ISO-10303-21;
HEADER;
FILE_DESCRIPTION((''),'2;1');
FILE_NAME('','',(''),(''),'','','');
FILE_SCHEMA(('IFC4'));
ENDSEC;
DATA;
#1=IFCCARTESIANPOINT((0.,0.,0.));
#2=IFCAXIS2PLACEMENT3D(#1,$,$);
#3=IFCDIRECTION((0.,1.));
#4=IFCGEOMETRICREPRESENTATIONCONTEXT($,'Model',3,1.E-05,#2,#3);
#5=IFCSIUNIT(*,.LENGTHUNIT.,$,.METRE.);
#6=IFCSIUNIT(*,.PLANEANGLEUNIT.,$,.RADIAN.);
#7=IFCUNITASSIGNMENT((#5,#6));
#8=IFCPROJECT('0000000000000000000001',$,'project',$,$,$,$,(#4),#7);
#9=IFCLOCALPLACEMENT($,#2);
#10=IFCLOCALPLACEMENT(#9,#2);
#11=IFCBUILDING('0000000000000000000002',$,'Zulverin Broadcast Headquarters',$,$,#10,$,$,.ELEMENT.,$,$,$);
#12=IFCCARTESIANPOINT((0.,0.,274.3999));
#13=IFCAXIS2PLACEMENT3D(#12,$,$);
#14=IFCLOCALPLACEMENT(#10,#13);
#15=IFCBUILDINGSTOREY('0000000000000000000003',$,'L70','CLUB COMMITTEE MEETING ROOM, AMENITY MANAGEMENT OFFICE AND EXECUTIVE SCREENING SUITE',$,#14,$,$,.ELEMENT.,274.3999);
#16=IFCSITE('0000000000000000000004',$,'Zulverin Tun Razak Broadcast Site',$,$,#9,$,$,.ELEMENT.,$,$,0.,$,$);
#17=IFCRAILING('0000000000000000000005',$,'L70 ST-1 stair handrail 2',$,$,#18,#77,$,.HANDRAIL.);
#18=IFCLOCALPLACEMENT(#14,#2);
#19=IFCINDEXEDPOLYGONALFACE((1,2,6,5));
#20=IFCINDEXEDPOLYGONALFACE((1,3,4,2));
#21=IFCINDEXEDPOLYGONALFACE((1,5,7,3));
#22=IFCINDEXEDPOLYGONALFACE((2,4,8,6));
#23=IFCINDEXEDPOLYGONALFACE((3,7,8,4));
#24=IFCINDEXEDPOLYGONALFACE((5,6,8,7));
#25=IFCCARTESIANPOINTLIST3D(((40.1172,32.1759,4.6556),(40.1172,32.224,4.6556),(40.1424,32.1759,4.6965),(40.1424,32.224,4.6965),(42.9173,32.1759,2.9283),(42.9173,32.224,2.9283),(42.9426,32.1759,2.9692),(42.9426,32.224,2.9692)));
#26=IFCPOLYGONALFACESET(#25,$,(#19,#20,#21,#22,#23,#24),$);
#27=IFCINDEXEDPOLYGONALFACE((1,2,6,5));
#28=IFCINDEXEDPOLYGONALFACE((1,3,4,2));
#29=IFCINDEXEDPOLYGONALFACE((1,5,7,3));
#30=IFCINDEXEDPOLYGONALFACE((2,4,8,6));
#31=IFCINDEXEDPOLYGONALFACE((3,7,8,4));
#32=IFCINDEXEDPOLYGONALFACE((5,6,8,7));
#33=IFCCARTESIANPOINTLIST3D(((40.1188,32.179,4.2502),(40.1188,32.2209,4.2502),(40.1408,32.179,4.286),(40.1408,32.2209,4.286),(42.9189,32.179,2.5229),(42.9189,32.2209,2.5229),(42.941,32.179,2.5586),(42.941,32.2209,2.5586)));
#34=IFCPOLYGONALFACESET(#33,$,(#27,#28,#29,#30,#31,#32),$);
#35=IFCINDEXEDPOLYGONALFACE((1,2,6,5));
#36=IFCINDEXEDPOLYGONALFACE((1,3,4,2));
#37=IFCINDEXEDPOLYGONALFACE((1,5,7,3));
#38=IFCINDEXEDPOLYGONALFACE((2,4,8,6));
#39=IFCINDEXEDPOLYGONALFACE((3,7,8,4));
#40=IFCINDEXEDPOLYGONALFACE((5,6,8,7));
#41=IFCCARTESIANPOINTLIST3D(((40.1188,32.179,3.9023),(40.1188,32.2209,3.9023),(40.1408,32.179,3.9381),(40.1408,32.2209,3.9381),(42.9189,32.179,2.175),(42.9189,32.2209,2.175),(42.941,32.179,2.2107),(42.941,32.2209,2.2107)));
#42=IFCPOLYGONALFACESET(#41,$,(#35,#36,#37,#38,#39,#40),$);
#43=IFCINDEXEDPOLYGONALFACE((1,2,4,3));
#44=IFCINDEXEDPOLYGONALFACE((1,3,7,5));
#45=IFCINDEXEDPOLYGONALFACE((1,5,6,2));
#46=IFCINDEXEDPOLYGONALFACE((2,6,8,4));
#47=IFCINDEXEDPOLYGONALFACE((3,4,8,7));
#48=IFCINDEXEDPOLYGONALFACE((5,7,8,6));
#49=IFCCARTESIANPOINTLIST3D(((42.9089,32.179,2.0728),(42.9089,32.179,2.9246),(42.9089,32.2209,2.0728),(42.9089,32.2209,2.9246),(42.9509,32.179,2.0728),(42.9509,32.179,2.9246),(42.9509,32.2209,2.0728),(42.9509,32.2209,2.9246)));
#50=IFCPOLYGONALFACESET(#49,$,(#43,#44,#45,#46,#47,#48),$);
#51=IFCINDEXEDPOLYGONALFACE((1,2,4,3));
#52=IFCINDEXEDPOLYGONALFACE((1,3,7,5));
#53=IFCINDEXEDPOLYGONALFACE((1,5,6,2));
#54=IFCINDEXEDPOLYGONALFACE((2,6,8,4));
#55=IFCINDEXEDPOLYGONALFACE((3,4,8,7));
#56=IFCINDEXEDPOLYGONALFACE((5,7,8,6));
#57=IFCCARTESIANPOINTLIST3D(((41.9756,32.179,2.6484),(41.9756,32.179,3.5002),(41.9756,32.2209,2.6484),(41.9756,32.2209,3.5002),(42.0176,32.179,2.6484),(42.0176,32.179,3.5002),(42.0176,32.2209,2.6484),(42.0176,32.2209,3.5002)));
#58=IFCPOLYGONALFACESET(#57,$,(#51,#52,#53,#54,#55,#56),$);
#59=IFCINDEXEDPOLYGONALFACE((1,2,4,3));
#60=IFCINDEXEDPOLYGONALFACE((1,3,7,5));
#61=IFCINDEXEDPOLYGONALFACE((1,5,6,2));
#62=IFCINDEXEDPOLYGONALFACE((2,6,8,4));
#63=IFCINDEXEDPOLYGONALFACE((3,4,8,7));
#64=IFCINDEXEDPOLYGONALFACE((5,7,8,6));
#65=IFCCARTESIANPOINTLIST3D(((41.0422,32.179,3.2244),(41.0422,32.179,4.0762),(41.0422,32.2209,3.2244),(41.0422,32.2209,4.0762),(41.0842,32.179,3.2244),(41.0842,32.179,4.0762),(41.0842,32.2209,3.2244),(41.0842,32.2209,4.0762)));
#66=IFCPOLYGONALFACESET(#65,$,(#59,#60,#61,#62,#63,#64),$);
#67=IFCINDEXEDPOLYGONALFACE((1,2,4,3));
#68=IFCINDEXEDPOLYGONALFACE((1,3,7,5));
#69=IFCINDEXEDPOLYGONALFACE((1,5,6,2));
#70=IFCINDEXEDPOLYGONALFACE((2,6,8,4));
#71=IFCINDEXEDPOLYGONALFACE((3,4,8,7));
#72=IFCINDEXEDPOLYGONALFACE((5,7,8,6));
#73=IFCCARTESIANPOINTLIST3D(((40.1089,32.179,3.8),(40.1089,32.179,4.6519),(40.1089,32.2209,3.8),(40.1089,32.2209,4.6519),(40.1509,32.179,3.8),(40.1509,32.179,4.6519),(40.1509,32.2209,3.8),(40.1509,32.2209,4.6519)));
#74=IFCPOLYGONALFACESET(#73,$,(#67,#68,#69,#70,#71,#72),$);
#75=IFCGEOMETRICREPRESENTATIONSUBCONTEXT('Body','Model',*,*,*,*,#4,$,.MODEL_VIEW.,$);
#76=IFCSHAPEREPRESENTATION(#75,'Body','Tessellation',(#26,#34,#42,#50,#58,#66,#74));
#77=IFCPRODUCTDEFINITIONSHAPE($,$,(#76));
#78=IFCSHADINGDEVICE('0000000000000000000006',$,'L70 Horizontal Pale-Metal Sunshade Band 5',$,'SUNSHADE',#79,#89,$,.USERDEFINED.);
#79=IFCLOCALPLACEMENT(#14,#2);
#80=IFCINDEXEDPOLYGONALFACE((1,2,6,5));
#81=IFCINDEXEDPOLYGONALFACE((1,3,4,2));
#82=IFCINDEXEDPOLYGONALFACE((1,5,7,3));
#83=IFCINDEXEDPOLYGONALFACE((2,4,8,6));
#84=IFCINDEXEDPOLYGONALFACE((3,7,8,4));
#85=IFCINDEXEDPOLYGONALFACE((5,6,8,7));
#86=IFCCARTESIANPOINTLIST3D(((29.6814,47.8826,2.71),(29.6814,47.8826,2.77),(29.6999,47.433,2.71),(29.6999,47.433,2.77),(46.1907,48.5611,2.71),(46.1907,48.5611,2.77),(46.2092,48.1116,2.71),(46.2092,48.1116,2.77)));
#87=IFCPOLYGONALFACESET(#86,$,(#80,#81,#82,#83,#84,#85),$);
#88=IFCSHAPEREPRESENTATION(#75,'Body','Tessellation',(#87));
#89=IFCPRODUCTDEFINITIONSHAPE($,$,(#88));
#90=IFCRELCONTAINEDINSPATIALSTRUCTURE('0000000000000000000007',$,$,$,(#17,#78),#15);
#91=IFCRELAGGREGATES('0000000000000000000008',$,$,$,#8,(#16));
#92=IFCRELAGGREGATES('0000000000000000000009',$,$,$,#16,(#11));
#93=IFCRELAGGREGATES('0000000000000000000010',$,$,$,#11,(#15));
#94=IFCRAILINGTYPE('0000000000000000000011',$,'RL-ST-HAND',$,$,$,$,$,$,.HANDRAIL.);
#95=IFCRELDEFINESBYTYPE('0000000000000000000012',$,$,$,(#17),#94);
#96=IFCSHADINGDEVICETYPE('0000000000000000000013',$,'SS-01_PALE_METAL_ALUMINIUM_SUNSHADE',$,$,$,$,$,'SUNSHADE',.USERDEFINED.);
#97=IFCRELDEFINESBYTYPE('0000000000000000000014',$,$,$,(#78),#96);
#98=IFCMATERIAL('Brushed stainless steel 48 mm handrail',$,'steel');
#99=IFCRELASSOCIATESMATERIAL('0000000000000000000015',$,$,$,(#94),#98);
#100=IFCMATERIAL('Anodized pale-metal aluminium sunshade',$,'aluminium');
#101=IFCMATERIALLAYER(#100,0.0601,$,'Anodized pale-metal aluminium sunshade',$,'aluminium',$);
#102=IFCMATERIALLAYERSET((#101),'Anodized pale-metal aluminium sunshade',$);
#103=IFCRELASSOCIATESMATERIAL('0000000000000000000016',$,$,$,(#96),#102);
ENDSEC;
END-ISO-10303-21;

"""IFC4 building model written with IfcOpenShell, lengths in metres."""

from ifc_helpers import new_model, si_unit, direction, frame, origin, origin_2d, place, context, subcontext, project, spatial, rectangle, extrude, material, layer, layer_set, type_object, element, save


model = new_model("IFC4")

# Units and contexts
model_context = context("Model", 3, precision=1e-05, world=origin(), true_north=direction((0.0, 1.0)))
body_context = subcontext(model_context, "Body", "Model", "MODEL_VIEW")
ifc_project = project(units=[si_unit("LENGTHUNIT", "METRE"), si_unit("PLANEANGLEUNIT", "RADIAN")], contexts=[model_context])

# Site, building, storey
site_placement = place(None, origin())
site = spatial("IfcSite", under=ifc_project, at=site_placement, Name="Zulverin Tun Razak Broadcast Site", CompositionType="ELEMENT", RefElevation=0.0)
building_placement = place(site_placement, origin())
building = spatial("IfcBuilding", under=site, at=building_placement, Name="Zulverin Broadcast Headquarters", CompositionType="ELEMENT")
storey_placement = place(building_placement, frame((0.0, 0.0, 274.3999)))
storey = spatial("IfcBuildingStorey", under=building, at=storey_placement, Name="L70", Description="CLUB COMMITTEE MEETING ROOM, AMENITY MANAGEMENT OFFICE AND EXECUTIVE SCREENING SUITE", CompositionType="ELEMENT", Elevation=274.3999)

# Railing
ifc_material_1 = material(Name="Brushed stainless steel 48 mm handrail", Category="steel")
railing_type_1 = type_object("IfcRailingType", Name="RL-ST-HAND", PredefinedType="HANDRAIL", material=ifc_material_1)
railing_1_placement = place(storey_placement, frame((42.9299, 32.2, 2.0728)))
element("IfcRailing", 1, at=railing_1_placement, inside=storey, type_object=railing_type_1, Name="L70 ST-1 stair handrail 2", PredefinedType="HANDRAIL", context=body_context, shape_type="SweptSolid", body=[
    extrude(rectangle(XDim=0.0481, YDim=0.0481, at=origin_2d()), frame((0.0, 0.0, 0.876), z_axis=(-0.85109, 0.0, 0.52502), x_axis=(0.0, -1.0, 0.0)), (0.0, 0.0, 1.0), 3.29),
    extrude(rectangle(XDim=0.042, YDim=0.042, at=origin_2d()), frame((0.0, 0.0, 0.468), z_axis=(-0.85109, 0.0, 0.52502), x_axis=(0.0, -1.0, 0.0)), (0.0, 0.0, 1.0), 3.29),
    extrude(rectangle(XDim=0.042, YDim=0.042, at=origin_2d()), frame((0.0, 0.0, 0.1201), z_axis=(-0.85109, 0.0, 0.52502), x_axis=(0.0, -1.0, 0.0)), (0.0, 0.0, 1.0), 3.29),
    extrude(rectangle(XDim=0.042, YDim=0.042, at=origin_2d()), origin(), (0.0, 0.0, 1.0), 0.8518),
    extrude(rectangle(XDim=0.042, YDim=0.042, at=origin_2d()), frame((-0.9333, 0.0, 0.5757)), (0.0, 0.0, 1.0), 0.8518),
    extrude(rectangle(XDim=0.042, YDim=0.042, at=origin_2d()), frame((-1.8667, 0.0, 1.1516)), (0.0, 0.0, 1.0), 0.8518),
    extrude(rectangle(XDim=0.042, YDim=0.042, at=origin_2d()), frame((-2.8, 0.0, 1.7273)), (0.0, 0.0, 1.0), 0.8518),
])

# Shading device
ifc_material_2 = material(Name="Anodized pale-metal aluminium sunshade", Category="aluminium")
ifc_layer_1 = layer(ifc_material_2, 0.0601, Name="Anodized pale-metal aluminium sunshade", Category="aluminium")
ifc_layer_set_1 = layer_set([ifc_layer_1], Name="Anodized pale-metal aluminium sunshade")
shading_device_type = type_object("IfcShadingDeviceType", Name="SS-01_PALE_METAL_ALUMINIUM_SUNSHADE", ElementType="SUNSHADE", PredefinedType="USERDEFINED", material=ifc_layer_set_1)
shading_device_placement = place(storey_placement, frame((37.9453, 47.9971, 2.71), z_axis=(0.0, 0.0, 1.0), x_axis=(-0.999156, -0.041068, 0.0)))
element("IfcShadingDevice", 2, at=shading_device_placement, inside=storey, type_object=shading_device_type, Name="L70 Horizontal Pale-Metal Sunshade Band 5", ObjectType="SUNSHADE", PredefinedType="USERDEFINED", context=body_context, shape_type="SweptSolid", body=[
    extrude(rectangle(XDim=16.5232, YDim=0.45, at=origin_2d()), origin(), (0.0, 0.0, 1.0), 0.0601),
])

save(model, "model.ifc")
